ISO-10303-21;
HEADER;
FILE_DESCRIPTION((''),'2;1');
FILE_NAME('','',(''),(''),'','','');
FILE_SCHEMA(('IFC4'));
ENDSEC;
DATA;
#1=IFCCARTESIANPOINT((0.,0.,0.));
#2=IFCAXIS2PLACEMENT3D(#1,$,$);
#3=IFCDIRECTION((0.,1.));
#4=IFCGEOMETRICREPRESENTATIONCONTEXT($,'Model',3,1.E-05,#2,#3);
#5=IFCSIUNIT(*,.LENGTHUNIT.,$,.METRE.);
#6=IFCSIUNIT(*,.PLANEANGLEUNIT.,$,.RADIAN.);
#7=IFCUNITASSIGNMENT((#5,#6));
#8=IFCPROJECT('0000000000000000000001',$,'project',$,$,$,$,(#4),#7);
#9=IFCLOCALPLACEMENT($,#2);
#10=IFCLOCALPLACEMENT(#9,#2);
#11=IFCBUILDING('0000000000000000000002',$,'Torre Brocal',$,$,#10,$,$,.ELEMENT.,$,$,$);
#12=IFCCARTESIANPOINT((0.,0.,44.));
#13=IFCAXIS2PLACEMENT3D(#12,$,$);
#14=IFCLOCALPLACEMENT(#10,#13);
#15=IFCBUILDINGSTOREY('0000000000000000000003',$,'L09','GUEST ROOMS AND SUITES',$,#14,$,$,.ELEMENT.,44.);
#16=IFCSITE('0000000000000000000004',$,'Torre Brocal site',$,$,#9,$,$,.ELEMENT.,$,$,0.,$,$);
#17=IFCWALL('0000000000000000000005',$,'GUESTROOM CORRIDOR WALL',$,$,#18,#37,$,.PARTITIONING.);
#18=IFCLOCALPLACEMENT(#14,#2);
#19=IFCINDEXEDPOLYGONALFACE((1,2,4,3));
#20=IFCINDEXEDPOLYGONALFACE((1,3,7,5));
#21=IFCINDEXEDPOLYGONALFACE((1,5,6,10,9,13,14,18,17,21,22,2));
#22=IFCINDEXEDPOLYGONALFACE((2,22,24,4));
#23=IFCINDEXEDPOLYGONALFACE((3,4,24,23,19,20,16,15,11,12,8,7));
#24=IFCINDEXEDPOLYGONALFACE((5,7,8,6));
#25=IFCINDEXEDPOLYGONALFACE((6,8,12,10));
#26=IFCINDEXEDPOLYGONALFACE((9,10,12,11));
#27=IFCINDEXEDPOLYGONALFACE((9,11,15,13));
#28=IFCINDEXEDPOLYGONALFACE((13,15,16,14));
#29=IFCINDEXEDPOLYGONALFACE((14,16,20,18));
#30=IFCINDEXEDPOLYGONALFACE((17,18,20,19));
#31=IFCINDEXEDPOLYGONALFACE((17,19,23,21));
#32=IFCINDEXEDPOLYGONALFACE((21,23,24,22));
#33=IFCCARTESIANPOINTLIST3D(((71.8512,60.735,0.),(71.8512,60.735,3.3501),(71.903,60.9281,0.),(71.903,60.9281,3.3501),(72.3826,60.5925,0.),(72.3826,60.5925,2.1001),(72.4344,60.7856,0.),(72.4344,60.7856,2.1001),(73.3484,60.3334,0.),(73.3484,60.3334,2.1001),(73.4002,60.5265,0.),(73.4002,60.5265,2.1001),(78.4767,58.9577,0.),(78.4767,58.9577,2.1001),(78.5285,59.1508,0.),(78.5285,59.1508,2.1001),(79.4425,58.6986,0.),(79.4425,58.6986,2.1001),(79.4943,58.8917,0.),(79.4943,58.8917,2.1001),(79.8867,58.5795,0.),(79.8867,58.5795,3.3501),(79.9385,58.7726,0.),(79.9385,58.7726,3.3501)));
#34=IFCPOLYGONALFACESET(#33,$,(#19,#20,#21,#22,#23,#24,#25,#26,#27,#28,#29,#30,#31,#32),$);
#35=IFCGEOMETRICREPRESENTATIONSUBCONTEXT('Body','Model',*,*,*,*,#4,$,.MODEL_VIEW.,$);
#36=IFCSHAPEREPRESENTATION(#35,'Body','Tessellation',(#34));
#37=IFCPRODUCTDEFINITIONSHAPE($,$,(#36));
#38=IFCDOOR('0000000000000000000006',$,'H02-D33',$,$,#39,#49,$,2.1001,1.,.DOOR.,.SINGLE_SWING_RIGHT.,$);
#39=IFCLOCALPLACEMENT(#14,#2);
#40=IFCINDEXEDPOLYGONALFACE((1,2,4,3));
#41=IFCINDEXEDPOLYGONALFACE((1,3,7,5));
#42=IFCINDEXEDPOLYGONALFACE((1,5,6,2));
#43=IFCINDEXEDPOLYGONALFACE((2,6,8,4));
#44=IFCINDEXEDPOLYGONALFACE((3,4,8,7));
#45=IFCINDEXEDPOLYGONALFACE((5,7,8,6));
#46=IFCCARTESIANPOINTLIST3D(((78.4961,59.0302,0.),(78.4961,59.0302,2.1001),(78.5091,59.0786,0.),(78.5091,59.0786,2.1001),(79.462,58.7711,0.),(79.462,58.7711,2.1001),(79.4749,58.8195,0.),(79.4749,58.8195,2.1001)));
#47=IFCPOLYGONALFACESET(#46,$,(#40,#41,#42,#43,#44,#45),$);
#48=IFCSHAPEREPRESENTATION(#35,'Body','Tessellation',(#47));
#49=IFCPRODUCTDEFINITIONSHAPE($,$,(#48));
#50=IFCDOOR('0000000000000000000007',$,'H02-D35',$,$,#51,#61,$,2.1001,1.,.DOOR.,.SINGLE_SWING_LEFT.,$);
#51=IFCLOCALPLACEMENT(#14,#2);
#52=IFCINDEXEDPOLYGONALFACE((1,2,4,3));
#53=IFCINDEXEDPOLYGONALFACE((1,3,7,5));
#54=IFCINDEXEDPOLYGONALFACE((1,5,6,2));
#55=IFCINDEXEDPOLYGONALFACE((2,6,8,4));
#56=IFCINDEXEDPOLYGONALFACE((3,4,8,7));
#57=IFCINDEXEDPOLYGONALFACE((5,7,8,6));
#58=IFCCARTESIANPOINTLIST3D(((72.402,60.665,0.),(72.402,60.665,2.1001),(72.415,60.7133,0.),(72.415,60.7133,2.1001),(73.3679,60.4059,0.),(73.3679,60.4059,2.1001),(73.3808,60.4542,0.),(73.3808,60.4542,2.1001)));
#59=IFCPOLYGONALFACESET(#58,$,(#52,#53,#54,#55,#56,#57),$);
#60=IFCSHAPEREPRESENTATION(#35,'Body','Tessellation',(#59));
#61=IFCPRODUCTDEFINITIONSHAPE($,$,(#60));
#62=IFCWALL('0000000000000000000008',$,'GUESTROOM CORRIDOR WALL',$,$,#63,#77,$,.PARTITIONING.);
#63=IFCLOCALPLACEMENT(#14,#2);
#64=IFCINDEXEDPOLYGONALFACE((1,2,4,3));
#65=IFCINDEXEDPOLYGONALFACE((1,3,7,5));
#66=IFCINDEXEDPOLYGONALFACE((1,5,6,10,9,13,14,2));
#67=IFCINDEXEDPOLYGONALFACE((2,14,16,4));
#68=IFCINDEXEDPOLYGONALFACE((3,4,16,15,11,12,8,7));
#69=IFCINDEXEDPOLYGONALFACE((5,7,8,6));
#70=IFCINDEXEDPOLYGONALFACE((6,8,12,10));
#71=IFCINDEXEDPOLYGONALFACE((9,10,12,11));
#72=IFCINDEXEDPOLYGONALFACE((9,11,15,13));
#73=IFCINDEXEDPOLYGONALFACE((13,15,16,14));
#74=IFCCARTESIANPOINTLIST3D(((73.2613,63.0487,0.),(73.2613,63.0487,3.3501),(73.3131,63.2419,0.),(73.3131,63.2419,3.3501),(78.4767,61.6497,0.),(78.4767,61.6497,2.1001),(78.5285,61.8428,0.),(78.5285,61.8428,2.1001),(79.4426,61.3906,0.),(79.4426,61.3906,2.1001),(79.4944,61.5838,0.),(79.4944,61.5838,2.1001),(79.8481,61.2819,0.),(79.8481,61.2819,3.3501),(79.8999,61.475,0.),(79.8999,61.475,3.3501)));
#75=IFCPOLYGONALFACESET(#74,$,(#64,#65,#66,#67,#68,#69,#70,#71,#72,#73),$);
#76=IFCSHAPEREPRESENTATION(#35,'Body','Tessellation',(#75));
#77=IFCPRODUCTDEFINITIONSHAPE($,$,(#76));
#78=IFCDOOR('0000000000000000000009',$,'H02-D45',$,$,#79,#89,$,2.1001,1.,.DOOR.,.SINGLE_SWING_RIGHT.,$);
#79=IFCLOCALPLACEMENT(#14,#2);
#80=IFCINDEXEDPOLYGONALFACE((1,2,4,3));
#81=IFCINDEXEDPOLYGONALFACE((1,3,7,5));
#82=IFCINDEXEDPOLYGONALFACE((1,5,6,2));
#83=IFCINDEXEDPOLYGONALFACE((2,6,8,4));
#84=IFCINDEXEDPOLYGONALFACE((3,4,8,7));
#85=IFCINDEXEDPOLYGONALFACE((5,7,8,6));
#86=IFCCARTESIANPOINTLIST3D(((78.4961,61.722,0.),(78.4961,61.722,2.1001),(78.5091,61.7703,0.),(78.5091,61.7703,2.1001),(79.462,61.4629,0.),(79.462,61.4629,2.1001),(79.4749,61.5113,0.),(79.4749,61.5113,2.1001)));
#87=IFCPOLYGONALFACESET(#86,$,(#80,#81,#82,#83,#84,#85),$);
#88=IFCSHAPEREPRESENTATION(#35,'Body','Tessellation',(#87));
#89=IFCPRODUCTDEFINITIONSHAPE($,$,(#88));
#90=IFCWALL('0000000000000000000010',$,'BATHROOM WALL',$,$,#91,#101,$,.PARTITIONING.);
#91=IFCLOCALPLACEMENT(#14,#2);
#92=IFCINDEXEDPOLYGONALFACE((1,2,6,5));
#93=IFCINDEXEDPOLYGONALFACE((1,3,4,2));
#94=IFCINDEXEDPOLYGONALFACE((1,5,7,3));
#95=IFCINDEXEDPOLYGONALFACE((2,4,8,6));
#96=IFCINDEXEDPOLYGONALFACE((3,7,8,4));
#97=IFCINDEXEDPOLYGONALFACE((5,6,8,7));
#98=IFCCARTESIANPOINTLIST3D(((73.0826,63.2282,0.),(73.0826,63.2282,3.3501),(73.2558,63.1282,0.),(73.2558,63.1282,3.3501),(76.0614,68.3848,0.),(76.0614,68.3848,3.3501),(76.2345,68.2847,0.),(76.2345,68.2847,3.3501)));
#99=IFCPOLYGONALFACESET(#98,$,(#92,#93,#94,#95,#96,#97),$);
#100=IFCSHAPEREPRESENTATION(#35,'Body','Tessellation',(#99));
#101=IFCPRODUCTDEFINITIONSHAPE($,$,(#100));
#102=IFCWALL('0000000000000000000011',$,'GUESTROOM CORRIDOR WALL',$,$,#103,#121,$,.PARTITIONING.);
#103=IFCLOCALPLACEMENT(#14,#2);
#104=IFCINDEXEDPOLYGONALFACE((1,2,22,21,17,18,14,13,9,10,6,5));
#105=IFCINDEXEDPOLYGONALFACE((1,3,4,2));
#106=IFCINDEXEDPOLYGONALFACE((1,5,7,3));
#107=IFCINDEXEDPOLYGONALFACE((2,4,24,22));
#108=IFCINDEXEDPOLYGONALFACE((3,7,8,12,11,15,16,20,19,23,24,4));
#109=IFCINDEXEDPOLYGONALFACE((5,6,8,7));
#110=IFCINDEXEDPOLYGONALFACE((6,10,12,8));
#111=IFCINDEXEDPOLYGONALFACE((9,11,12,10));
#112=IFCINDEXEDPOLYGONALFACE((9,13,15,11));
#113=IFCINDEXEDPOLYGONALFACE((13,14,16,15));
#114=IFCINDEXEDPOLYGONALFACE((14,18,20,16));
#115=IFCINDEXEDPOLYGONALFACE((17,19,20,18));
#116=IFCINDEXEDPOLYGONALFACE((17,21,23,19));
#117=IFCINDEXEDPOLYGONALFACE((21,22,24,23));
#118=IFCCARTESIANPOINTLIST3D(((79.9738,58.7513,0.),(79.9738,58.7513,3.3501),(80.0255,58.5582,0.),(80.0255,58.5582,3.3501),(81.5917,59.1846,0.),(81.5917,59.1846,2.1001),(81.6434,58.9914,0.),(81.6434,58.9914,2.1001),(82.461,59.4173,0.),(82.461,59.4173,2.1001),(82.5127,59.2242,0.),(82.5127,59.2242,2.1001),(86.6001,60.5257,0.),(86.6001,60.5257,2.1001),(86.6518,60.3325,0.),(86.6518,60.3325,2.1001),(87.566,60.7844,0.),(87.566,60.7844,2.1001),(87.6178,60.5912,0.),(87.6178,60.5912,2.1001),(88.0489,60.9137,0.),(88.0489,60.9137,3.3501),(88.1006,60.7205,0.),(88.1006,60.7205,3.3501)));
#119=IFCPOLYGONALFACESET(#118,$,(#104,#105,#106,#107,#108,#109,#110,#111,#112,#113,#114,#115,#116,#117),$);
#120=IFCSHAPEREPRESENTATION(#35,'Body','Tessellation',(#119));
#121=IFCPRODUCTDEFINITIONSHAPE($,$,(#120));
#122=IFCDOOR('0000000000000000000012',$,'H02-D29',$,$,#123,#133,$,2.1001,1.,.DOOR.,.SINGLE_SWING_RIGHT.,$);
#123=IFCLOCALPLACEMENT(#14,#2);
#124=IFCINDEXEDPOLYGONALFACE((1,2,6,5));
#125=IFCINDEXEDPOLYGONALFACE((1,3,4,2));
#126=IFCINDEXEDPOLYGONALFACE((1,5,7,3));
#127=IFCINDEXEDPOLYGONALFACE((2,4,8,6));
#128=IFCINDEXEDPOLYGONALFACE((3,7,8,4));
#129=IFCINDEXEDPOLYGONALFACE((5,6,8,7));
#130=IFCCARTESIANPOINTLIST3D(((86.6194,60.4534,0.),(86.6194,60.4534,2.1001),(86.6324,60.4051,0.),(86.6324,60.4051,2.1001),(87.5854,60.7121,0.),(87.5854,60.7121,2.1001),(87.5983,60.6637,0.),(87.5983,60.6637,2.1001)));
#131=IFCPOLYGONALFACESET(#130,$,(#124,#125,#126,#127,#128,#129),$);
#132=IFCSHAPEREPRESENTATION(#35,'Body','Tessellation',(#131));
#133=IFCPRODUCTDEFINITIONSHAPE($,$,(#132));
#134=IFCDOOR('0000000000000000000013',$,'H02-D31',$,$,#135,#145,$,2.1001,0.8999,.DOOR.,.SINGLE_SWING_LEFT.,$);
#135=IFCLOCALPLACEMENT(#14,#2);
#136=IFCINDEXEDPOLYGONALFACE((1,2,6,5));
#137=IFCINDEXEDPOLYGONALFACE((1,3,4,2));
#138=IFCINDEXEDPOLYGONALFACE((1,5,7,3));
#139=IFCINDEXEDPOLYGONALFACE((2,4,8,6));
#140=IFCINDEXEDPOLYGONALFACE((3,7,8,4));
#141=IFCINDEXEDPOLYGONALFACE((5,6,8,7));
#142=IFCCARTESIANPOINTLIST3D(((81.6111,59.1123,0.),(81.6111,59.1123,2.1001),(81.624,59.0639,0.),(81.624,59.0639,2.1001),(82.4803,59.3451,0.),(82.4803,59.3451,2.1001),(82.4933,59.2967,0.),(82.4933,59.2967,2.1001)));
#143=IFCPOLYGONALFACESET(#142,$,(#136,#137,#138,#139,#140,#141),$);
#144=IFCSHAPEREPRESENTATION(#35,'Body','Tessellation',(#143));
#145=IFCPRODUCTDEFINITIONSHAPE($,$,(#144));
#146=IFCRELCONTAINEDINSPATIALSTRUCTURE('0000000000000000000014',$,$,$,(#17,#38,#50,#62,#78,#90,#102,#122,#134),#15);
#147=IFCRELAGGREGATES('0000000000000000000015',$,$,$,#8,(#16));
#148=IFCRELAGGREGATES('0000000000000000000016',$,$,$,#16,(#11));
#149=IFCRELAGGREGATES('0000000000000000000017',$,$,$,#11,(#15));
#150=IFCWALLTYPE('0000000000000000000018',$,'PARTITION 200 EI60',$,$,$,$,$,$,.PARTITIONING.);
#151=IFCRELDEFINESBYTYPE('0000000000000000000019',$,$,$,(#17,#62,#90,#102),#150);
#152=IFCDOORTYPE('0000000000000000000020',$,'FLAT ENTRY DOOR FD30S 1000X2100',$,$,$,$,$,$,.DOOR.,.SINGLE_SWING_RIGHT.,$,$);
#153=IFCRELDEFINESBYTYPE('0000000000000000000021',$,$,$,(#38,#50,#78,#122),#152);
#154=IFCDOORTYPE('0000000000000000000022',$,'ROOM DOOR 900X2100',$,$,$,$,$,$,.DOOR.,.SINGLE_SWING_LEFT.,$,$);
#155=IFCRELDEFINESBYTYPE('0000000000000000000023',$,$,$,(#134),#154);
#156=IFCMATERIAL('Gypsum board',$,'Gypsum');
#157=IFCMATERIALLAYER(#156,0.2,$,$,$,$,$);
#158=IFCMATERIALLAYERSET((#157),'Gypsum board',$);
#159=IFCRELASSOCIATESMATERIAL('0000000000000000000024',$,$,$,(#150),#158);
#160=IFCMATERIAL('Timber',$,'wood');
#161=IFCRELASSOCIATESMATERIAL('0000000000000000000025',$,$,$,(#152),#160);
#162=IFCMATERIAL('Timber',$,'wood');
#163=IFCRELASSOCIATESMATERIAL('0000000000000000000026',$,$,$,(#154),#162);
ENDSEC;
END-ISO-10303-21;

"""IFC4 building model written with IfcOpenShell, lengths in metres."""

from ifc_helpers import new_model, si_unit, direction, frame, frame_2d, origin, place, context, subcontext, project, spatial, rectangle, extrude, material, layer, layer_set, type_object, element, fill, save


model = new_model("IFC4")

# Units and contexts
model_context = context("Model", 3, precision=1e-05, world=origin(), true_north=direction((0.0, 1.0)))
body_context = subcontext(model_context, "Body", "Model", "MODEL_VIEW")
ifc_project = project(units=[si_unit("LENGTHUNIT", "METRE"), si_unit("PLANEANGLEUNIT", "RADIAN")], contexts=[model_context])

# Site, building, storey
site_placement = place(None, origin())
site = spatial("IfcSite", under=ifc_project, at=site_placement, Name="Torre Brocal site", CompositionType="ELEMENT", RefElevation=0.0)
building_placement = place(site_placement, origin())
building = spatial("IfcBuilding", under=site, at=building_placement, Name="Torre Brocal", CompositionType="ELEMENT")
storey_placement = place(building_placement, frame((0.0, 0.0, 44.0)))
storey = spatial("IfcBuildingStorey", under=building, at=storey_placement, Name="L09", Description="GUEST ROOMS AND SUITES", CompositionType="ELEMENT", Elevation=44.0)

# Shared definitions
ifc_material_1 = material(Name="Gypsum board", Category="Gypsum")
ifc_layer_1 = layer(ifc_material_1, 0.2)
ifc_layer_set_1 = layer_set([ifc_layer_1], Name="Gypsum board")
wall_type_1 = type_object("IfcWallType", Name="PARTITION 200 EI60", PredefinedType="PARTITIONING", material=ifc_layer_set_1)

# Wall, openings, doors
wall_1_placement = place(storey_placement, frame((71.8772, 60.8315, 0.0), z_axis=(0.0, 0.0, 1.0), x_axis=(0.965853, -0.259093, 0.0)))
wall_1 = element("IfcWall", 1, at=wall_1_placement, inside=storey, type_object=wall_type_1, Name="GUESTROOM CORRIDOR WALL", PredefinedType="PARTITIONING", context=body_context, shape_type="SweptSolid", body=[
    extrude(rectangle(XDim=8.3196, YDim=0.2, at=frame_2d((4.1597, 0.0))), origin(), (0.0, 0.0, 1.0), 3.3501),
])
opening_1_placement = place(wall_1_placement, frame((6.8596, 0.0, 0.0)))
opening_1 = element("IfcOpeningElement", 2, at=opening_1_placement, cuts=wall_1, PredefinedType="OPENING", context=body_context, shape_type="SweptSolid", body=[
    extrude(rectangle(XDim=1.0, YDim=2.1001, at=frame_2d((0.5, 1.05))), frame((0.0, 0.1099, 0.0), z_axis=(0.0, -1.0, 0.0), x_axis=(1.0, 0.0, 0.0)), (0.0, 0.0, 1.0), 0.22),
])
opening_2_placement = place(wall_1_placement, frame((0.55, 0.0, 0.0)))
opening_2 = element("IfcOpeningElement", 3, at=opening_2_placement, cuts=wall_1, PredefinedType="OPENING", context=body_context, shape_type="SweptSolid", body=[
    extrude(rectangle(XDim=1.0, YDim=2.1001, at=frame_2d((0.5, 1.05))), frame((0.0, 0.1099, 0.0), z_axis=(0.0, -1.0, 0.0), x_axis=(1.0, 0.0, 0.0)), (0.0, 0.0, 1.0), 0.22),
])
ifc_material_2 = material(Name="Timber", Category="wood")
door_type_1 = type_object("IfcDoorType", Name="FLAT ENTRY DOOR FD30S 1000X2100", OperationType="SINGLE_SWING_RIGHT", PredefinedType="DOOR", material=ifc_material_2)
door_1_placement = place(opening_1_placement, frame((1.0, 0.0, 0.0), z_axis=(0.0, 0.0, 1.0), x_axis=(-1.0, 0.0, 0.0)))
door_1 = element("IfcDoor", 4, at=door_1_placement, inside=storey, type_object=door_type_1, Name="H02-D33", OperationType="SINGLE_SWING_RIGHT", OverallHeight=2.1001, OverallWidth=1.0, PredefinedType="DOOR", context=body_context, shape_type="SweptSolid", body=[
    extrude(rectangle(XDim=1.0, YDim=2.1001, at=frame_2d((0.5, 1.05))), frame((0.0, 0.0249, 0.0), z_axis=(0.0, -1.0, 0.0), x_axis=(1.0, 0.0, 0.0)), (0.0, 0.0, 1.0), 0.05),
])
fill(opening_1, door_1)
door_2_placement = place(opening_2_placement, frame((1.0, 0.0, 0.0), z_axis=(0.0, 0.0, 1.0), x_axis=(-1.0, 0.0, 0.0)))
door_2 = element("IfcDoor", 5, at=door_2_placement, inside=storey, type_object=door_type_1, Name="H02-D35", OperationType="SINGLE_SWING_LEFT", OverallHeight=2.1001, OverallWidth=1.0, PredefinedType="DOOR", context=body_context, shape_type="SweptSolid", body=[
    extrude(rectangle(XDim=1.0, YDim=2.1001, at=frame_2d((0.5, 1.05))), frame((0.0, 0.0249, 0.0), z_axis=(0.0, -1.0, 0.0), x_axis=(1.0, 0.0, 0.0)), (0.0, 0.0, 1.0), 0.05),
])
fill(opening_2, door_2)

# Wall, opening, door
wall_2_placement = place(storey_placement, frame((73.2874, 63.1453, 0.0), z_axis=(0.0, 0.0, 1.0), x_axis=(0.965854, -0.259086, 0.0)))
wall_2 = element("IfcWall", 6, at=wall_2_placement, inside=storey, type_object=wall_type_1, Name="GUESTROOM CORRIDOR WALL", PredefinedType="PARTITIONING", context=body_context, shape_type="SweptSolid", body=[
    extrude(rectangle(XDim=6.8196, YDim=0.2, at=frame_2d((3.4097, 0.0))), origin(), (0.0, 0.0, 1.0), 3.3501),
])
opening_3_placement = place(wall_2_placement, frame((5.3997, 0.0, 0.0)))
opening_3 = element("IfcOpeningElement", 7, at=opening_3_placement, cuts=wall_2, PredefinedType="OPENING", context=body_context, shape_type="SweptSolid", body=[
    extrude(rectangle(XDim=1.0, YDim=2.1001, at=frame_2d((0.5, 1.05))), frame((0.0, 0.1099, 0.0), z_axis=(0.0, -1.0, 0.0), x_axis=(1.0, 0.0, 0.0)), (0.0, 0.0, 1.0), 0.22),
])
door_3_placement = place(opening_3_placement, origin())
door_3 = element("IfcDoor", 8, at=door_3_placement, inside=storey, type_object=door_type_1, Name="H02-D45", OperationType="SINGLE_SWING_RIGHT", OverallHeight=2.1001, OverallWidth=1.0, PredefinedType="DOOR", context=body_context, shape_type="SweptSolid", body=[
    extrude(rectangle(XDim=1.0, YDim=2.1001, at=frame_2d((0.5, 1.05))), frame((0.0, 0.0249, 0.0), z_axis=(0.0, -1.0, 0.0), x_axis=(1.0, 0.0, 0.0)), (0.0, 0.0, 1.0), 0.05),
])
fill(opening_3, door_3)

# Wall
wall_3_placement = place(storey_placement, frame((73.1692, 63.1782, 0.0), z_axis=(0.0, 0.0, 1.0), x_axis=(0.500209, 0.865905, 0.0)))
element("IfcWall", 9, at=wall_3_placement, inside=storey, type_object=wall_type_1, Name="BATHROOM WALL", PredefinedType="PARTITIONING", context=body_context, shape_type="SweptSolid", body=[
    extrude(rectangle(XDim=5.9551, YDim=0.2, at=frame_2d((2.9775, 0.0))), origin(), (0.0, 0.0, 1.0), 3.3501),
])

# Wall, openings, doors
wall_4_placement = place(storey_placement, frame((79.9998, 58.6548, 0.0), z_axis=(0.0, 0.0, 1.0), x_axis=(0.965967, 0.258664, 0.0)))
wall_4 = element("IfcWall", 10, at=wall_4_placement, inside=storey, type_object=wall_type_1, Name="GUESTROOM CORRIDOR WALL", PredefinedType="PARTITIONING", context=body_context, shape_type="SweptSolid", body=[
    extrude(rectangle(XDim=8.3596, YDim=0.2, at=frame_2d((4.1797, 0.0))), origin(), (0.0, 0.0, 1.0), 3.3501),
])
opening_4_placement = place(wall_4_placement, frame((6.8596, 0.0, 0.0)))
opening_4 = element("IfcOpeningElement", 11, at=opening_4_placement, cuts=wall_4, PredefinedType="OPENING", context=body_context, shape_type="SweptSolid", body=[
    extrude(rectangle(XDim=1.0, YDim=2.1001, at=frame_2d((0.5, 1.05))), frame((0.0, 0.1099, 0.0), z_axis=(0.0, -1.0, 0.0), x_axis=(1.0, 0.0, 0.0)), (0.0, 0.0, 1.0), 0.22),
])
opening_5_placement = place(wall_4_placement, frame((1.6748, 0.0, 0.0)))
opening_5 = element("IfcOpeningElement", 12, at=opening_5_placement, cuts=wall_4, PredefinedType="OPENING", context=body_context, shape_type="SweptSolid", body=[
    extrude(rectangle(XDim=0.8999, YDim=2.1001, at=frame_2d((0.45, 1.05))), frame((0.0, 0.1099, 0.0), z_axis=(0.0, -1.0, 0.0), x_axis=(1.0, 0.0, 0.0)), (0.0, 0.0, 1.0), 0.22),
])
door_4_placement = place(opening_4_placement, frame((1.0, 0.0, 0.0), z_axis=(0.0, 0.0, 1.0), x_axis=(-1.0, 0.0, 0.0)))
door_4 = element("IfcDoor", 13, at=door_4_placement, inside=storey, type_object=door_type_1, Name="H02-D29", OperationType="SINGLE_SWING_RIGHT", OverallHeight=2.1001, OverallWidth=1.0, PredefinedType="DOOR", context=body_context, shape_type="SweptSolid", body=[
    extrude(rectangle(XDim=1.0, YDim=2.1001, at=frame_2d((0.5, 1.05))), frame((0.0, 0.0249, 0.0), z_axis=(0.0, -1.0, 0.0), x_axis=(1.0, 0.0, 0.0)), (0.0, 0.0, 1.0), 0.05),
])
fill(opening_4, door_4)
ifc_material_3 = material(Name="Timber", Category="wood")
door_type_2 = type_object("IfcDoorType", Name="ROOM DOOR 900X2100", OperationType="SINGLE_SWING_LEFT", PredefinedType="DOOR", material=ifc_material_3)
door_5_placement = place(opening_5_placement, frame((0.8999, 0.0, 0.0), z_axis=(0.0, 0.0, 1.0), x_axis=(-1.0, 0.0, 0.0)))
door_5 = element("IfcDoor", 14, at=door_5_placement, inside=storey, type_object=door_type_2, Name="H02-D31", OperationType="SINGLE_SWING_LEFT", OverallHeight=2.1001, OverallWidth=0.8999, PredefinedType="DOOR", context=body_context, shape_type="SweptSolid", body=[
    extrude(rectangle(XDim=0.8999, YDim=2.1001, at=frame_2d((0.45, 1.05))), frame((0.0, 0.0249, 0.0), z_axis=(0.0, -1.0, 0.0), x_axis=(1.0, 0.0, 0.0)), (0.0, 0.0, 1.0), 0.05),
])
fill(opening_5, door_5)

save(model, "model.ifc")
